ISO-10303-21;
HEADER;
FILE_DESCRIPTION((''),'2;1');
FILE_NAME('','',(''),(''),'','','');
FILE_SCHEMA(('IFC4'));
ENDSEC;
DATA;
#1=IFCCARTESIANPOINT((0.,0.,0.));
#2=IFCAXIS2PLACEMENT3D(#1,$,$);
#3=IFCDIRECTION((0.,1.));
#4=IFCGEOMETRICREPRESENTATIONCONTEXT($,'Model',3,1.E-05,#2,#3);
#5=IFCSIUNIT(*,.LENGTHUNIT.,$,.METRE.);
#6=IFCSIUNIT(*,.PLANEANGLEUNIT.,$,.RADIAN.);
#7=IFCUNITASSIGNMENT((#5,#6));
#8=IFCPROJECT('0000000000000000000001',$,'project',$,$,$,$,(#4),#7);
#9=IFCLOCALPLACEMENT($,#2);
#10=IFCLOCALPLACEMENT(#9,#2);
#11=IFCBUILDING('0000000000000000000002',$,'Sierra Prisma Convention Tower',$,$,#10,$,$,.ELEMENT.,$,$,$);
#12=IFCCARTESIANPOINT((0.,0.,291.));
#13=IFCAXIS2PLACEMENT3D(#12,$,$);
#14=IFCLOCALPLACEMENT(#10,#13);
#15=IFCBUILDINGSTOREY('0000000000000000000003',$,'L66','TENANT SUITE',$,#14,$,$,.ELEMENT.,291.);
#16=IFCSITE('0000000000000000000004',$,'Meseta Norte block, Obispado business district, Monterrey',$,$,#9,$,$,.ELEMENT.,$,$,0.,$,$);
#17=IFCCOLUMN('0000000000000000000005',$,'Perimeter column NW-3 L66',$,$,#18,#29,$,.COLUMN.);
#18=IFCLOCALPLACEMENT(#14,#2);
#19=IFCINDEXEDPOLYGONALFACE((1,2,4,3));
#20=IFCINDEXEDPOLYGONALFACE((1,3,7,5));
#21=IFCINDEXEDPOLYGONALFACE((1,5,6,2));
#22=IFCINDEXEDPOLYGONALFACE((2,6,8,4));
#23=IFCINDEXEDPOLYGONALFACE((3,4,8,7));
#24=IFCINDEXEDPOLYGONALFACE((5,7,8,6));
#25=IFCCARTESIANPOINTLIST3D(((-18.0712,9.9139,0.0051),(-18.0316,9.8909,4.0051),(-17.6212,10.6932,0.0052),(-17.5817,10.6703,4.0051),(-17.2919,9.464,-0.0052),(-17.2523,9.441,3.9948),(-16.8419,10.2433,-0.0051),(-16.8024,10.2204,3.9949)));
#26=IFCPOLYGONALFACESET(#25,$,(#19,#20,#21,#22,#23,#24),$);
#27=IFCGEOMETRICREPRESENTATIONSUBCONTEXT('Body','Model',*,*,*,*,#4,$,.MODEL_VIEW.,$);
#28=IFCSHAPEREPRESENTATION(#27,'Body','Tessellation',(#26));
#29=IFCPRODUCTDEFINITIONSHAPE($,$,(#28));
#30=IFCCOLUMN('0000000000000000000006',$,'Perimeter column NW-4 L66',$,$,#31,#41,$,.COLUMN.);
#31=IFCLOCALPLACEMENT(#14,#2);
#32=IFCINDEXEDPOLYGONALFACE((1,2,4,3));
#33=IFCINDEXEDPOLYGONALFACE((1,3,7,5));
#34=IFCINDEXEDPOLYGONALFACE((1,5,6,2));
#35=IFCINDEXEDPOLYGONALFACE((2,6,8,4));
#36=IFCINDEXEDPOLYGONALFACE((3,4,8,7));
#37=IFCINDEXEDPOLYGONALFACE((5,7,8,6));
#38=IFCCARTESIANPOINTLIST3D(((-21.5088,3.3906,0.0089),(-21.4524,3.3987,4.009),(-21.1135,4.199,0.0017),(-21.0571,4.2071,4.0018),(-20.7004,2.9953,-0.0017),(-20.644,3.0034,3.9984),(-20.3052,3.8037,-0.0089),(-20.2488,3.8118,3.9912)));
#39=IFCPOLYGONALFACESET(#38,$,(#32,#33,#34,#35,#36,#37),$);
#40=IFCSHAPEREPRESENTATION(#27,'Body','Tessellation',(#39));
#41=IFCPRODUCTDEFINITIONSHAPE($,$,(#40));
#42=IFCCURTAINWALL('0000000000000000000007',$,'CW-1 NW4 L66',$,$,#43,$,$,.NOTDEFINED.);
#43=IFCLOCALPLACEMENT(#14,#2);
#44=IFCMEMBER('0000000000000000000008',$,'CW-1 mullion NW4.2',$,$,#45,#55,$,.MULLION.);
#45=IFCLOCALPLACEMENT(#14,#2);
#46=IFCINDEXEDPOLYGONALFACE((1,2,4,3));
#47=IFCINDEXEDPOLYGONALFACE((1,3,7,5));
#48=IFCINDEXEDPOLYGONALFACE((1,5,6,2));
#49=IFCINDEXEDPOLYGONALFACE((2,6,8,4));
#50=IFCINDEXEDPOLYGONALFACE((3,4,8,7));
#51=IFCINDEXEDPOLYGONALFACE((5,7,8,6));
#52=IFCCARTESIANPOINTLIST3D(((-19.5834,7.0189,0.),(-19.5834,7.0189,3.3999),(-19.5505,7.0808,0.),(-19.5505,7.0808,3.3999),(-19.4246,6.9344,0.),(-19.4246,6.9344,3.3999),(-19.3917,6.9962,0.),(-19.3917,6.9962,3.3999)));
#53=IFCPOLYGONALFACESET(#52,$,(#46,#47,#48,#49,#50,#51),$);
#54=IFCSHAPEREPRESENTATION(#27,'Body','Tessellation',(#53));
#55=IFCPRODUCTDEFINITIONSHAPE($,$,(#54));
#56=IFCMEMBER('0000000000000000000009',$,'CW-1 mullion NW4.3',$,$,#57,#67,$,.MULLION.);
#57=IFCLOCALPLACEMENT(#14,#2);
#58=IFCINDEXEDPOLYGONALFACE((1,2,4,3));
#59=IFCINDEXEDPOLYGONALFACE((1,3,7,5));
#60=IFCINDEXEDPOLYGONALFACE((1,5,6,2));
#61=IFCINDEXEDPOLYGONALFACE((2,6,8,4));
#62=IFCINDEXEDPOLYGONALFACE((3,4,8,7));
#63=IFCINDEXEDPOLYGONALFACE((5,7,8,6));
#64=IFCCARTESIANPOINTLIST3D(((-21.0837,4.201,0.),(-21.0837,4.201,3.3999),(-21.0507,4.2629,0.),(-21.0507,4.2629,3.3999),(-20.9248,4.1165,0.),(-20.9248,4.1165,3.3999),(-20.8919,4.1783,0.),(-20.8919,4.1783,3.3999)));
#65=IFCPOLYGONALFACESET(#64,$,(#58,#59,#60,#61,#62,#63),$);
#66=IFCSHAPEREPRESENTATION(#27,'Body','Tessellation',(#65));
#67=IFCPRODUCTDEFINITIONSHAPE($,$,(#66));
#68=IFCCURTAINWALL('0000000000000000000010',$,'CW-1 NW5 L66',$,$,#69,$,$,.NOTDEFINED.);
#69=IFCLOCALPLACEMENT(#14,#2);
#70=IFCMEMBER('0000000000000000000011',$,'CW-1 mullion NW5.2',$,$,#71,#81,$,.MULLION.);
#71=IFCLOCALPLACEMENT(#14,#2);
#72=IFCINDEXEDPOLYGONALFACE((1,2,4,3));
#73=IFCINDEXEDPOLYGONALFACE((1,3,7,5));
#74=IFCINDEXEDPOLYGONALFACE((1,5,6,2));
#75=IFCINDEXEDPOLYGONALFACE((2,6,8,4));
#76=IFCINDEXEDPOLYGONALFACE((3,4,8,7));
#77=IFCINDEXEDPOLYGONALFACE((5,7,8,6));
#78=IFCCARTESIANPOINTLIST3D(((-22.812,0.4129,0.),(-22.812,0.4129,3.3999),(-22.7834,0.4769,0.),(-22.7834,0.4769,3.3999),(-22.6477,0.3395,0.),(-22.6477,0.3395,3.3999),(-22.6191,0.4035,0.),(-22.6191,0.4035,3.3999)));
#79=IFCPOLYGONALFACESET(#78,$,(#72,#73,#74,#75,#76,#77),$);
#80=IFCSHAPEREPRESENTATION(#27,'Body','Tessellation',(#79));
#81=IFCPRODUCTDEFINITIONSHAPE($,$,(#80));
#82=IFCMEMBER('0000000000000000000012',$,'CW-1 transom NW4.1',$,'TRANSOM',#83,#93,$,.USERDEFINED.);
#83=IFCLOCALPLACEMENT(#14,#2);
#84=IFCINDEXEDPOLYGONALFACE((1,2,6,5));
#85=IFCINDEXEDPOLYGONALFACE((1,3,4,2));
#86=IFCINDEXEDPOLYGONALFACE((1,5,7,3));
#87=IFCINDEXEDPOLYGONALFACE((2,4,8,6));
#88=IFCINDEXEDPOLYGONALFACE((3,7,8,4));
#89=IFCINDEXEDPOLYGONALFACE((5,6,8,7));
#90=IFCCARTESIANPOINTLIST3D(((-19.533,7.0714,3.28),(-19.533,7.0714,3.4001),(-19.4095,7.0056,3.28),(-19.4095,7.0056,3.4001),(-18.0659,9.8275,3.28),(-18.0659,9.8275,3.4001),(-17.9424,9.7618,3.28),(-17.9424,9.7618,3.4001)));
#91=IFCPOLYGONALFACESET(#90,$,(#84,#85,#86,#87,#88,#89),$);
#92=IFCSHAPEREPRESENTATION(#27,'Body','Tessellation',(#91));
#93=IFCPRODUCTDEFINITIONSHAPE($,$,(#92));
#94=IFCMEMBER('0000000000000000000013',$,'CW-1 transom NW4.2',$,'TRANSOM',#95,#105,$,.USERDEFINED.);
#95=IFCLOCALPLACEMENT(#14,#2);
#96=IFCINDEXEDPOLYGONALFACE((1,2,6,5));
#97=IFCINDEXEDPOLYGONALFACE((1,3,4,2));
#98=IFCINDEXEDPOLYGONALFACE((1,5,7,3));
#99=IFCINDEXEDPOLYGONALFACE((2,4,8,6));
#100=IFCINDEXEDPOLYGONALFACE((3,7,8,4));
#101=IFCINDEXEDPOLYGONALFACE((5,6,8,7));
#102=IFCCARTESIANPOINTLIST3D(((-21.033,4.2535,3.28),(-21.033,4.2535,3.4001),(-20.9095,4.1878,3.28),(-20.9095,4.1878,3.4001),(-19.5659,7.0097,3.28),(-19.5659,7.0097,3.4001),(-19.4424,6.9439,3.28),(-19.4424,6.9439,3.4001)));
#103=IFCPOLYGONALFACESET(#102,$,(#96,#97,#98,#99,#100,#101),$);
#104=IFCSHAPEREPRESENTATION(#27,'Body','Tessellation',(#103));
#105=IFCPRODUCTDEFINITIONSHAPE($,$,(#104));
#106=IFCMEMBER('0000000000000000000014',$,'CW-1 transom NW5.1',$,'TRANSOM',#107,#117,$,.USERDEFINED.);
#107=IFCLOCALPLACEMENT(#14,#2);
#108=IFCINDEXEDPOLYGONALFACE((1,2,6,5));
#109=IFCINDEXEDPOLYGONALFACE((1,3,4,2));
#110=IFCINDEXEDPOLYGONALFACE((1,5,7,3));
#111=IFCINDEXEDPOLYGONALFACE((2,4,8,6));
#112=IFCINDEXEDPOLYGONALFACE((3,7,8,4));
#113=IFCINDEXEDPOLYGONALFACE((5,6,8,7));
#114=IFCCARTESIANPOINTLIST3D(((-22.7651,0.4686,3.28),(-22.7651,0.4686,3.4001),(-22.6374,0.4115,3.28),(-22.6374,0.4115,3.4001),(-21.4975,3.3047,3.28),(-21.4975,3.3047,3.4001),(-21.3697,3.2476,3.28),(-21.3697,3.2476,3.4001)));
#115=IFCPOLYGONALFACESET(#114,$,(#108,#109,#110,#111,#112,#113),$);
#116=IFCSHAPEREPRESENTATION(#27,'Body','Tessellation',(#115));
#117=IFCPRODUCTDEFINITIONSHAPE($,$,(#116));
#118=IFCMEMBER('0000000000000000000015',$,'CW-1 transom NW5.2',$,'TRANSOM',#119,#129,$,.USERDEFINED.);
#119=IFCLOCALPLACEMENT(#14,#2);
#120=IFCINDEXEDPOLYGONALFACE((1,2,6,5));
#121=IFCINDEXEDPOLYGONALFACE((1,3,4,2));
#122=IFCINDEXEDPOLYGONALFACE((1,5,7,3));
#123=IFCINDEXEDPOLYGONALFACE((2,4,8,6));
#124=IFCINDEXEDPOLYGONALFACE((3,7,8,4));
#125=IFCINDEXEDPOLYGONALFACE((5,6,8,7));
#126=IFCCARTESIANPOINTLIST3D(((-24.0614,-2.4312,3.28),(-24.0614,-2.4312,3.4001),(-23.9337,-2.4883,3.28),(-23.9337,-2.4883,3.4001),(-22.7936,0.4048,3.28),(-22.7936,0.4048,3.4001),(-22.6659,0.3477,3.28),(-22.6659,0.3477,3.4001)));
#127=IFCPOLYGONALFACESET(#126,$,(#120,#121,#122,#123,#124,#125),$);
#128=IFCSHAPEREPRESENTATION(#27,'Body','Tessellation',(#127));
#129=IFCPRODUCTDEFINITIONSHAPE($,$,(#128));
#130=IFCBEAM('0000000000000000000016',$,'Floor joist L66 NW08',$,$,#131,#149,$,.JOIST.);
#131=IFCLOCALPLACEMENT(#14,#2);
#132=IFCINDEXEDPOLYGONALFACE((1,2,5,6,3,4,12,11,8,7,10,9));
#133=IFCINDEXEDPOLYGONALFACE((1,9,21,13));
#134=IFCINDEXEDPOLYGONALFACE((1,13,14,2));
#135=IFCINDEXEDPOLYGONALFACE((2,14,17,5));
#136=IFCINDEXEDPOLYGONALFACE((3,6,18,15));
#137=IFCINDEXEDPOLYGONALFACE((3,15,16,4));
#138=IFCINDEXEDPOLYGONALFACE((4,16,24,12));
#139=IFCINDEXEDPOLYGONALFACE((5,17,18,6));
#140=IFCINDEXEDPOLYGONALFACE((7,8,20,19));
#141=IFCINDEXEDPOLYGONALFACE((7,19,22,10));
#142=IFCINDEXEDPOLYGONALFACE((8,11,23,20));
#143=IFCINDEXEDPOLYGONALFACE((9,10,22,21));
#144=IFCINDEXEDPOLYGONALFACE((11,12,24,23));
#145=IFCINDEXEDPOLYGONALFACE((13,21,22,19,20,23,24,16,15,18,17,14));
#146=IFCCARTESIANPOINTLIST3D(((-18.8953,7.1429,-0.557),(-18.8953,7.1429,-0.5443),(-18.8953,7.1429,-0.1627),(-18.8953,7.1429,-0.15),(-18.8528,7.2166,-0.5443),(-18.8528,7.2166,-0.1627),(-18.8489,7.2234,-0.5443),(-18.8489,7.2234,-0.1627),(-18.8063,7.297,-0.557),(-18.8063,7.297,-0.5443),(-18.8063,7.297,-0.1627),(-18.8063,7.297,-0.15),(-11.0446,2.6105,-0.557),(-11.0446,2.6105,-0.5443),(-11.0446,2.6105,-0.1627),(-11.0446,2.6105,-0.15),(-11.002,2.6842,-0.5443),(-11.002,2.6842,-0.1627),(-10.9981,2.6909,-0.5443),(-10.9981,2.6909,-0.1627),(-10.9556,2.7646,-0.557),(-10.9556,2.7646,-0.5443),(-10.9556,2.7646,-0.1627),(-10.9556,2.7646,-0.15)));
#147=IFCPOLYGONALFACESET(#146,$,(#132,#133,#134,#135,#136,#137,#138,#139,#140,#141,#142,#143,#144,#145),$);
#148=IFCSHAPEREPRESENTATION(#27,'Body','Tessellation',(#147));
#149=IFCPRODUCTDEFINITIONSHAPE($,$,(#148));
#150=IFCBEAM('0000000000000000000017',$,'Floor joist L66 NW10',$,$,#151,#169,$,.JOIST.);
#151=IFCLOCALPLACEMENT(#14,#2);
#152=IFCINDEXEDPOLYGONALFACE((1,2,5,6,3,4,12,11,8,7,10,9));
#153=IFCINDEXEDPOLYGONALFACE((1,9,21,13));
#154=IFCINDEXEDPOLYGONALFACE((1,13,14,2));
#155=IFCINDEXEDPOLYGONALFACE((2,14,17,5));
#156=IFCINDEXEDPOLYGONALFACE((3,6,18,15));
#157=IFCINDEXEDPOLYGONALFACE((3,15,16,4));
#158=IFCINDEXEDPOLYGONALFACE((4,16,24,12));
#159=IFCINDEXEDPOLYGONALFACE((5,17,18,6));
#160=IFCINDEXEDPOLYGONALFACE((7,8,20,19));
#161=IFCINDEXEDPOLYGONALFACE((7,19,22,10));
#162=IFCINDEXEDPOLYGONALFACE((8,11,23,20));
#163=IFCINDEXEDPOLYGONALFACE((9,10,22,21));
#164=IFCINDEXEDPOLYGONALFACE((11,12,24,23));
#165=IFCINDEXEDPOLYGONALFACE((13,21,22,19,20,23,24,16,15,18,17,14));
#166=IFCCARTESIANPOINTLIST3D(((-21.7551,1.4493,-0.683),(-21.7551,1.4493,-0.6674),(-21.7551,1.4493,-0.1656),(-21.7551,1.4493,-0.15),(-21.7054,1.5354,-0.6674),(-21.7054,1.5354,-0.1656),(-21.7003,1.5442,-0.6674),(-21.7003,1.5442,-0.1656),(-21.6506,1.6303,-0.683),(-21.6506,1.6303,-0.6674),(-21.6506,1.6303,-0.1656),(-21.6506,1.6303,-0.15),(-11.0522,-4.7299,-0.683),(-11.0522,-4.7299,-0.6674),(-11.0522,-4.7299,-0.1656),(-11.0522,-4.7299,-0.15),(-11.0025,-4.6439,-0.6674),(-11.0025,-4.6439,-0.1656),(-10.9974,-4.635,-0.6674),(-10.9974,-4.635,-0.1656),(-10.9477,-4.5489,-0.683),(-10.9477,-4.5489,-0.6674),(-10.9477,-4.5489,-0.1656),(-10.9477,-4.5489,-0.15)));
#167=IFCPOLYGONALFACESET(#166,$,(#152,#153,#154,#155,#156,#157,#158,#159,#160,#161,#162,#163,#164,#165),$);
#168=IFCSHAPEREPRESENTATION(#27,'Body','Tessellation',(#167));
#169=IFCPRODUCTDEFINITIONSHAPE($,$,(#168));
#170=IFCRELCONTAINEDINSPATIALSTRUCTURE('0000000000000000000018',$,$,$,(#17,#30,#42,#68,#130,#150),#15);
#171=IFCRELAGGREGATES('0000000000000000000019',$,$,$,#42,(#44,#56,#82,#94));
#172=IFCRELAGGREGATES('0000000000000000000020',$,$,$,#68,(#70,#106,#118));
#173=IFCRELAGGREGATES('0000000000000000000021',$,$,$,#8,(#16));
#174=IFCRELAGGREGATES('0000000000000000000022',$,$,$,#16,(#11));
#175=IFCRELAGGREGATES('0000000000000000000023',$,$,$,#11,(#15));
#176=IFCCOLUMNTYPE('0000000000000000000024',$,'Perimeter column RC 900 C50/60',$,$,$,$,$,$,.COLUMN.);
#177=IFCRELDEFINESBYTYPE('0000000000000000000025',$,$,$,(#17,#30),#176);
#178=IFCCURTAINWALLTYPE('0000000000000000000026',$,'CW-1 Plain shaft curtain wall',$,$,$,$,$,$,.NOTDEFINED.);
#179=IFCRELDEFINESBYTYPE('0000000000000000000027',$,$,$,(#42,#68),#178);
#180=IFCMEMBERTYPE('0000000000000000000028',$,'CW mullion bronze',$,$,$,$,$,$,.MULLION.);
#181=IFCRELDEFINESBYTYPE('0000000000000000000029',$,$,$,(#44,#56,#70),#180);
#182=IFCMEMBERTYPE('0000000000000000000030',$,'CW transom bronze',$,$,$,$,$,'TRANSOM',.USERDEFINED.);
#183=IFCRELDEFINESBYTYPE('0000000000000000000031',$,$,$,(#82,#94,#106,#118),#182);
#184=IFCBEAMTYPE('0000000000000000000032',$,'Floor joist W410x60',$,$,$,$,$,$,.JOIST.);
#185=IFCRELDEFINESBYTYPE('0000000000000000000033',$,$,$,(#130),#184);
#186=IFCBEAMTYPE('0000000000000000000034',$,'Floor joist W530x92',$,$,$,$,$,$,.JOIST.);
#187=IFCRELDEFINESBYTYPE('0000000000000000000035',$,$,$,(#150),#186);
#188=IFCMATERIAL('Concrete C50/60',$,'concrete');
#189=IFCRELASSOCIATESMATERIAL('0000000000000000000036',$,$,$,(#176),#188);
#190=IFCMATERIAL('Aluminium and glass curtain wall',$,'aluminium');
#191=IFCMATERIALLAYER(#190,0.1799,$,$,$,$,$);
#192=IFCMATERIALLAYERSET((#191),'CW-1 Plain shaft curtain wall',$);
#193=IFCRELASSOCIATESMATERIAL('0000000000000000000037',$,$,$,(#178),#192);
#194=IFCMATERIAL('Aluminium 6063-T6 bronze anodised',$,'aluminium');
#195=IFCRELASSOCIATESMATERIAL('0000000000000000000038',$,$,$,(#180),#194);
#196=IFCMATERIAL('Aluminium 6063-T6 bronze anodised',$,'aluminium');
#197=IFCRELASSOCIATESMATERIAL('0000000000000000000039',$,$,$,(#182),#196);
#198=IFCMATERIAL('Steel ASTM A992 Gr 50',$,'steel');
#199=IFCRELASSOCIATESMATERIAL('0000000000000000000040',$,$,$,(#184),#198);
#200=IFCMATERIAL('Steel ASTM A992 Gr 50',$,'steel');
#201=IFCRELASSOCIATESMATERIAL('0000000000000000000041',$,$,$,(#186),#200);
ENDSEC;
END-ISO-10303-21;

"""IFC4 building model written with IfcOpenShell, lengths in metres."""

from ifc_helpers import new_model, si_unit, direction, frame, origin, origin_2d, place, context, subcontext, project, spatial, rectangle, i_section, extrude, material, layer, layer_set, material_profile, profile_set, type_object, element, aggregate, save


model = new_model("IFC4")

# Units and contexts
model_context = context("Model", 3, precision=1e-05, world=origin(), true_north=direction((0.0, 1.0)))
body_context = subcontext(model_context, "Body", "Model", "MODEL_VIEW")
ifc_project = project(units=[si_unit("LENGTHUNIT", "METRE"), si_unit("PLANEANGLEUNIT", "RADIAN")], contexts=[model_context])

# Site, building, storey
site_placement = place(None, origin())
site = spatial("IfcSite", under=ifc_project, at=site_placement, Name="Meseta Norte block, Obispado business district, Monterrey", CompositionType="ELEMENT", RefElevation=0.0)
building_placement = place(site_placement, origin())
building = spatial("IfcBuilding", under=site, at=building_placement, Name="Sierra Prisma Convention Tower", CompositionType="ELEMENT")
storey_placement = place(building_placement, frame((0.0, 0.0, 291.0)))
storey = spatial("IfcBuildingStorey", under=building, at=storey_placement, Name="L66", Description="TENANT SUITE", CompositionType="ELEMENT", Elevation=291.0)

# Columns
ifc_material_1 = material(Name="Concrete C50/60", Category="concrete")
ifc_material_profile_1 = material_profile(ifc_material_1, rectangle(XDim=0.8999, YDim=0.8999, at=origin_2d()), Name="Perimeter column RC 900 C50/60")
ifc_profile_set_1 = profile_set([ifc_material_profile_1], Name="Concrete C50/60")
column_type = type_object("IfcColumnType", Name="Perimeter column RC 900 C50/60", PredefinedType="COLUMN", material=ifc_profile_set_1)
column_1_placement = place(storey_placement, frame((-17.4565, 10.0786, 0.0), z_axis=(0.009887, -0.005737, 0.999935), x_axis=(0.499976, 0.86604, 0.000025)))
element("IfcColumn", 1, at=column_1_placement, inside=storey, type_object=column_type, Name="Perimeter column NW-3 L66", PredefinedType="COLUMN", context=body_context, shape_type="SweptSolid", body=[
    extrude(rectangle(XDim=0.8999, YDim=0.8999, at=origin_2d()), origin(), (0.0, 0.0, 1.0), 4.0002),
])
column_2_placement = place(storey_placement, frame((-20.907, 3.5972, 0.0), z_axis=(0.014098, 0.002014, 0.999899), x_axis=(0.439214, 0.898347, -0.008002)))
element("IfcColumn", 2, at=column_2_placement, inside=storey, type_object=column_type, Name="Perimeter column NW-4 L66", PredefinedType="COLUMN", context=body_context, shape_type="SweptSolid", body=[
    extrude(rectangle(XDim=0.8999, YDim=0.8999, at=origin_2d()), origin(), (0.0, 0.0, 1.0), 4.0005),
])

# Curtain wall, members
ifc_material_2 = material(Name="Aluminium and glass curtain wall", Category="aluminium")
ifc_layer_1 = layer(ifc_material_2, 0.1799)
ifc_layer_set_1 = layer_set([ifc_layer_1], Name="CW-1 Plain shaft curtain wall")
curtain_wall_type = type_object("IfcCurtainWallType", Name="CW-1 Plain shaft curtain wall", PredefinedType="NOTDEFINED", material=ifc_layer_set_1)
curtain_wall_1_placement = place(storey_placement, origin())
curtain_wall_1 = element("IfcCurtainWall", 3, at=curtain_wall_1_placement, inside=storey, type_object=curtain_wall_type, Name="CW-1 NW4 L66", PredefinedType="NOTDEFINED")
ifc_material_3 = material(Name="Aluminium 6063-T6 bronze anodised", Category="aluminium")
ifc_material_profile_2 = material_profile(ifc_material_3, rectangle(XDim=0.1799, YDim=0.0701, at=origin_2d()), Name="ALU MULLION 70x180")
ifc_profile_set_2 = profile_set([ifc_material_profile_2], Name="Aluminium 6063-T6 bronze anodised")
member_type_1 = type_object("IfcMemberType", Name="CW mullion bronze", PredefinedType="MULLION", material=ifc_profile_set_2)
member_1_placement = place(storey_placement, frame((-19.4875, 7.0076, 0.0), z_axis=(0.0, 0.0, 1.0), x_axis=(0.882716, -0.469907, 0.0)))
member_1 = element("IfcMember", 4, at=member_1_placement, type_object=member_type_1, Name="CW-1 mullion NW4.2", PredefinedType="MULLION", context=body_context, shape_type="SweptSolid", body=[
    extrude(rectangle(XDim=0.1799, YDim=0.0701, at=origin_2d()), origin(), (0.0, 0.0, 1.0), 3.3999),
])
member_2_placement = place(storey_placement, frame((-20.9878, 4.1897, 0.0), z_axis=(0.0, 0.0, 1.0), x_axis=(0.882716, -0.469907, 0.0)))
member_2 = element("IfcMember", 5, at=member_2_placement, type_object=member_type_1, Name="CW-1 mullion NW4.3", PredefinedType="MULLION", context=body_context, shape_type="SweptSolid", body=[
    extrude(rectangle(XDim=0.1799, YDim=0.0701, at=origin_2d()), origin(), (0.0, 0.0, 1.0), 3.3999),
])

# Curtain wall, member
curtain_wall_2_placement = place(storey_placement, origin())
curtain_wall_2 = element("IfcCurtainWall", 6, at=curtain_wall_2_placement, inside=storey, type_object=curtain_wall_type, Name="CW-1 NW5 L66", PredefinedType="NOTDEFINED")
member_3_placement = place(storey_placement, frame((-22.7156, 0.4082, 0.0), z_axis=(0.0, 0.0, 1.0), x_axis=(0.912943, -0.408087, 0.0)))
member_3 = element("IfcMember", 7, at=member_3_placement, type_object=member_type_1, Name="CW-1 mullion NW5.2", PredefinedType="MULLION", context=body_context, shape_type="SweptSolid", body=[
    extrude(rectangle(XDim=0.1799, YDim=0.0701, at=origin_2d()), origin(), (0.0, 0.0, 1.0), 3.3999),
])

# Members
ifc_material_4 = material(Name="Aluminium 6063-T6 bronze anodised", Category="aluminium")
ifc_material_profile_3 = material_profile(ifc_material_4, rectangle(XDim=0.1399, YDim=0.1201, at=origin_2d()), Name="ALU TRANSOM 120x140")
ifc_profile_set_3 = profile_set([ifc_material_profile_3], Name="Aluminium 6063-T6 bronze anodised")
member_type_2 = type_object("IfcMemberType", Name="CW transom bronze", ElementType="TRANSOM", PredefinedType="USERDEFINED", material=ifc_profile_set_3)
member_4_placement = place(storey_placement, frame((-18.0042, 9.7947, 3.3401), z_axis=(-0.46987, -0.882736, 0.0), x_axis=(0.882736, -0.46987, 0.0)))
member_4 = element("IfcMember", 8, at=member_4_placement, type_object=member_type_2, Name="CW-1 transom NW4.1", ObjectType="TRANSOM", PredefinedType="USERDEFINED", context=body_context, shape_type="SweptSolid", body=[
    extrude(rectangle(XDim=0.1399, YDim=0.1201, at=origin_2d()), origin(), (0.0, 0.0, 1.0), 3.1223),
])
member_5_placement = place(storey_placement, frame((-19.5042, 6.9768, 3.3401), z_axis=(-0.46987, -0.882736, 0.0), x_axis=(0.882736, -0.46987, 0.0)))
member_5 = element("IfcMember", 9, at=member_5_placement, type_object=member_type_2, Name="CW-1 transom NW4.2", ObjectType="TRANSOM", PredefinedType="USERDEFINED", context=body_context, shape_type="SweptSolid", body=[
    extrude(rectangle(XDim=0.1399, YDim=0.1201, at=origin_2d()), origin(), (0.0, 0.0, 1.0), 3.1223),
])
member_6_placement = place(storey_placement, frame((-21.4336, 3.2761, 3.3401), z_axis=(-0.408063, -0.912954, 0.0), x_axis=(0.912954, -0.408063, 0.0)))
member_6 = element("IfcMember", 10, at=member_6_placement, type_object=member_type_2, Name="CW-1 transom NW5.1", ObjectType="TRANSOM", PredefinedType="USERDEFINED", context=body_context, shape_type="SweptSolid", body=[
    extrude(rectangle(XDim=0.1399, YDim=0.1201, at=origin_2d()), origin(), (0.0, 0.0, 1.0), 3.1064),
])
member_7_placement = place(storey_placement, frame((-22.7297, 0.3762, 3.3401), z_axis=(-0.408128, -0.912925, 0.0), x_axis=(0.912925, -0.408128, 0.0)))
member_7 = element("IfcMember", 11, at=member_7_placement, type_object=member_type_2, Name="CW-1 transom NW5.2", ObjectType="TRANSOM", PredefinedType="USERDEFINED", context=body_context, shape_type="SweptSolid", body=[
    extrude(rectangle(XDim=0.1399, YDim=0.1201, at=origin_2d()), origin(), (0.0, 0.0, 1.0), 3.1064),
])

# Beams
ifc_material_5 = material(Name="Steel ASTM A992 Gr 50", Category="steel")
ifc_material_profile_4 = material_profile(ifc_material_5, i_section(OverallWidth=0.178, OverallDepth=0.407, WebThickness=0.0078, FlangeThickness=0.0127, at=origin_2d()), Name="W410x60")
ifc_profile_set_4 = profile_set([ifc_material_profile_4], Name="Steel ASTM A992 Gr 50")
beam_type_1 = type_object("IfcBeamType", Name="Floor joist W410x60", PredefinedType="JOIST", material=ifc_profile_set_4)
beam_1_placement = place(storey_placement, frame((-18.8508, 7.22, -0.3535), z_axis=(0.866035, -0.499983, 0.0), x_axis=(0.499983, 0.866035, 0.0)))
element("IfcBeam", 12, at=beam_1_placement, inside=storey, type_object=beam_type_1, Name="Floor joist L66 NW08", PredefinedType="JOIST", context=body_context, shape_type="SweptSolid", body=[
    extrude(i_section(OverallWidth=0.178, OverallDepth=0.407, WebThickness=0.0078, FlangeThickness=0.0127, at=origin_2d()), origin(), (0.0, 0.0, 1.0), 9.0652),
])
ifc_material_6 = material(Name="Steel ASTM A992 Gr 50", Category="steel")
ifc_material_profile_5 = material_profile(ifc_material_6, i_section(OverallWidth=0.209, OverallDepth=0.533, WebThickness=0.0103, FlangeThickness=0.0156, at=origin_2d()), Name="W530x92")
ifc_profile_set_5 = profile_set([ifc_material_profile_5], Name="Steel ASTM A992 Gr 50")
beam_type_2 = type_object("IfcBeamType", Name="Floor joist W530x92", PredefinedType="JOIST", material=ifc_profile_set_5)
beam_2_placement = place(storey_placement, frame((-21.7029, 1.5398, -0.4165), z_axis=(0.866029, -0.499993, 0.0), x_axis=(0.499993, 0.866029, 0.0)))
element("IfcBeam", 13, at=beam_2_placement, inside=storey, type_object=beam_type_2, Name="Floor joist L66 NW10", PredefinedType="JOIST", context=body_context, shape_type="SweptSolid", body=[
    extrude(i_section(OverallWidth=0.209, OverallDepth=0.533, WebThickness=0.0103, FlangeThickness=0.0156, at=origin_2d()), origin(), (0.0, 0.0, 1.0), 12.3586),
])

aggregate(curtain_wall_1, [member_1, member_2, member_4, member_5])
aggregate(curtain_wall_2, [member_3, member_6, member_7])

save(model, "model.ifc")
